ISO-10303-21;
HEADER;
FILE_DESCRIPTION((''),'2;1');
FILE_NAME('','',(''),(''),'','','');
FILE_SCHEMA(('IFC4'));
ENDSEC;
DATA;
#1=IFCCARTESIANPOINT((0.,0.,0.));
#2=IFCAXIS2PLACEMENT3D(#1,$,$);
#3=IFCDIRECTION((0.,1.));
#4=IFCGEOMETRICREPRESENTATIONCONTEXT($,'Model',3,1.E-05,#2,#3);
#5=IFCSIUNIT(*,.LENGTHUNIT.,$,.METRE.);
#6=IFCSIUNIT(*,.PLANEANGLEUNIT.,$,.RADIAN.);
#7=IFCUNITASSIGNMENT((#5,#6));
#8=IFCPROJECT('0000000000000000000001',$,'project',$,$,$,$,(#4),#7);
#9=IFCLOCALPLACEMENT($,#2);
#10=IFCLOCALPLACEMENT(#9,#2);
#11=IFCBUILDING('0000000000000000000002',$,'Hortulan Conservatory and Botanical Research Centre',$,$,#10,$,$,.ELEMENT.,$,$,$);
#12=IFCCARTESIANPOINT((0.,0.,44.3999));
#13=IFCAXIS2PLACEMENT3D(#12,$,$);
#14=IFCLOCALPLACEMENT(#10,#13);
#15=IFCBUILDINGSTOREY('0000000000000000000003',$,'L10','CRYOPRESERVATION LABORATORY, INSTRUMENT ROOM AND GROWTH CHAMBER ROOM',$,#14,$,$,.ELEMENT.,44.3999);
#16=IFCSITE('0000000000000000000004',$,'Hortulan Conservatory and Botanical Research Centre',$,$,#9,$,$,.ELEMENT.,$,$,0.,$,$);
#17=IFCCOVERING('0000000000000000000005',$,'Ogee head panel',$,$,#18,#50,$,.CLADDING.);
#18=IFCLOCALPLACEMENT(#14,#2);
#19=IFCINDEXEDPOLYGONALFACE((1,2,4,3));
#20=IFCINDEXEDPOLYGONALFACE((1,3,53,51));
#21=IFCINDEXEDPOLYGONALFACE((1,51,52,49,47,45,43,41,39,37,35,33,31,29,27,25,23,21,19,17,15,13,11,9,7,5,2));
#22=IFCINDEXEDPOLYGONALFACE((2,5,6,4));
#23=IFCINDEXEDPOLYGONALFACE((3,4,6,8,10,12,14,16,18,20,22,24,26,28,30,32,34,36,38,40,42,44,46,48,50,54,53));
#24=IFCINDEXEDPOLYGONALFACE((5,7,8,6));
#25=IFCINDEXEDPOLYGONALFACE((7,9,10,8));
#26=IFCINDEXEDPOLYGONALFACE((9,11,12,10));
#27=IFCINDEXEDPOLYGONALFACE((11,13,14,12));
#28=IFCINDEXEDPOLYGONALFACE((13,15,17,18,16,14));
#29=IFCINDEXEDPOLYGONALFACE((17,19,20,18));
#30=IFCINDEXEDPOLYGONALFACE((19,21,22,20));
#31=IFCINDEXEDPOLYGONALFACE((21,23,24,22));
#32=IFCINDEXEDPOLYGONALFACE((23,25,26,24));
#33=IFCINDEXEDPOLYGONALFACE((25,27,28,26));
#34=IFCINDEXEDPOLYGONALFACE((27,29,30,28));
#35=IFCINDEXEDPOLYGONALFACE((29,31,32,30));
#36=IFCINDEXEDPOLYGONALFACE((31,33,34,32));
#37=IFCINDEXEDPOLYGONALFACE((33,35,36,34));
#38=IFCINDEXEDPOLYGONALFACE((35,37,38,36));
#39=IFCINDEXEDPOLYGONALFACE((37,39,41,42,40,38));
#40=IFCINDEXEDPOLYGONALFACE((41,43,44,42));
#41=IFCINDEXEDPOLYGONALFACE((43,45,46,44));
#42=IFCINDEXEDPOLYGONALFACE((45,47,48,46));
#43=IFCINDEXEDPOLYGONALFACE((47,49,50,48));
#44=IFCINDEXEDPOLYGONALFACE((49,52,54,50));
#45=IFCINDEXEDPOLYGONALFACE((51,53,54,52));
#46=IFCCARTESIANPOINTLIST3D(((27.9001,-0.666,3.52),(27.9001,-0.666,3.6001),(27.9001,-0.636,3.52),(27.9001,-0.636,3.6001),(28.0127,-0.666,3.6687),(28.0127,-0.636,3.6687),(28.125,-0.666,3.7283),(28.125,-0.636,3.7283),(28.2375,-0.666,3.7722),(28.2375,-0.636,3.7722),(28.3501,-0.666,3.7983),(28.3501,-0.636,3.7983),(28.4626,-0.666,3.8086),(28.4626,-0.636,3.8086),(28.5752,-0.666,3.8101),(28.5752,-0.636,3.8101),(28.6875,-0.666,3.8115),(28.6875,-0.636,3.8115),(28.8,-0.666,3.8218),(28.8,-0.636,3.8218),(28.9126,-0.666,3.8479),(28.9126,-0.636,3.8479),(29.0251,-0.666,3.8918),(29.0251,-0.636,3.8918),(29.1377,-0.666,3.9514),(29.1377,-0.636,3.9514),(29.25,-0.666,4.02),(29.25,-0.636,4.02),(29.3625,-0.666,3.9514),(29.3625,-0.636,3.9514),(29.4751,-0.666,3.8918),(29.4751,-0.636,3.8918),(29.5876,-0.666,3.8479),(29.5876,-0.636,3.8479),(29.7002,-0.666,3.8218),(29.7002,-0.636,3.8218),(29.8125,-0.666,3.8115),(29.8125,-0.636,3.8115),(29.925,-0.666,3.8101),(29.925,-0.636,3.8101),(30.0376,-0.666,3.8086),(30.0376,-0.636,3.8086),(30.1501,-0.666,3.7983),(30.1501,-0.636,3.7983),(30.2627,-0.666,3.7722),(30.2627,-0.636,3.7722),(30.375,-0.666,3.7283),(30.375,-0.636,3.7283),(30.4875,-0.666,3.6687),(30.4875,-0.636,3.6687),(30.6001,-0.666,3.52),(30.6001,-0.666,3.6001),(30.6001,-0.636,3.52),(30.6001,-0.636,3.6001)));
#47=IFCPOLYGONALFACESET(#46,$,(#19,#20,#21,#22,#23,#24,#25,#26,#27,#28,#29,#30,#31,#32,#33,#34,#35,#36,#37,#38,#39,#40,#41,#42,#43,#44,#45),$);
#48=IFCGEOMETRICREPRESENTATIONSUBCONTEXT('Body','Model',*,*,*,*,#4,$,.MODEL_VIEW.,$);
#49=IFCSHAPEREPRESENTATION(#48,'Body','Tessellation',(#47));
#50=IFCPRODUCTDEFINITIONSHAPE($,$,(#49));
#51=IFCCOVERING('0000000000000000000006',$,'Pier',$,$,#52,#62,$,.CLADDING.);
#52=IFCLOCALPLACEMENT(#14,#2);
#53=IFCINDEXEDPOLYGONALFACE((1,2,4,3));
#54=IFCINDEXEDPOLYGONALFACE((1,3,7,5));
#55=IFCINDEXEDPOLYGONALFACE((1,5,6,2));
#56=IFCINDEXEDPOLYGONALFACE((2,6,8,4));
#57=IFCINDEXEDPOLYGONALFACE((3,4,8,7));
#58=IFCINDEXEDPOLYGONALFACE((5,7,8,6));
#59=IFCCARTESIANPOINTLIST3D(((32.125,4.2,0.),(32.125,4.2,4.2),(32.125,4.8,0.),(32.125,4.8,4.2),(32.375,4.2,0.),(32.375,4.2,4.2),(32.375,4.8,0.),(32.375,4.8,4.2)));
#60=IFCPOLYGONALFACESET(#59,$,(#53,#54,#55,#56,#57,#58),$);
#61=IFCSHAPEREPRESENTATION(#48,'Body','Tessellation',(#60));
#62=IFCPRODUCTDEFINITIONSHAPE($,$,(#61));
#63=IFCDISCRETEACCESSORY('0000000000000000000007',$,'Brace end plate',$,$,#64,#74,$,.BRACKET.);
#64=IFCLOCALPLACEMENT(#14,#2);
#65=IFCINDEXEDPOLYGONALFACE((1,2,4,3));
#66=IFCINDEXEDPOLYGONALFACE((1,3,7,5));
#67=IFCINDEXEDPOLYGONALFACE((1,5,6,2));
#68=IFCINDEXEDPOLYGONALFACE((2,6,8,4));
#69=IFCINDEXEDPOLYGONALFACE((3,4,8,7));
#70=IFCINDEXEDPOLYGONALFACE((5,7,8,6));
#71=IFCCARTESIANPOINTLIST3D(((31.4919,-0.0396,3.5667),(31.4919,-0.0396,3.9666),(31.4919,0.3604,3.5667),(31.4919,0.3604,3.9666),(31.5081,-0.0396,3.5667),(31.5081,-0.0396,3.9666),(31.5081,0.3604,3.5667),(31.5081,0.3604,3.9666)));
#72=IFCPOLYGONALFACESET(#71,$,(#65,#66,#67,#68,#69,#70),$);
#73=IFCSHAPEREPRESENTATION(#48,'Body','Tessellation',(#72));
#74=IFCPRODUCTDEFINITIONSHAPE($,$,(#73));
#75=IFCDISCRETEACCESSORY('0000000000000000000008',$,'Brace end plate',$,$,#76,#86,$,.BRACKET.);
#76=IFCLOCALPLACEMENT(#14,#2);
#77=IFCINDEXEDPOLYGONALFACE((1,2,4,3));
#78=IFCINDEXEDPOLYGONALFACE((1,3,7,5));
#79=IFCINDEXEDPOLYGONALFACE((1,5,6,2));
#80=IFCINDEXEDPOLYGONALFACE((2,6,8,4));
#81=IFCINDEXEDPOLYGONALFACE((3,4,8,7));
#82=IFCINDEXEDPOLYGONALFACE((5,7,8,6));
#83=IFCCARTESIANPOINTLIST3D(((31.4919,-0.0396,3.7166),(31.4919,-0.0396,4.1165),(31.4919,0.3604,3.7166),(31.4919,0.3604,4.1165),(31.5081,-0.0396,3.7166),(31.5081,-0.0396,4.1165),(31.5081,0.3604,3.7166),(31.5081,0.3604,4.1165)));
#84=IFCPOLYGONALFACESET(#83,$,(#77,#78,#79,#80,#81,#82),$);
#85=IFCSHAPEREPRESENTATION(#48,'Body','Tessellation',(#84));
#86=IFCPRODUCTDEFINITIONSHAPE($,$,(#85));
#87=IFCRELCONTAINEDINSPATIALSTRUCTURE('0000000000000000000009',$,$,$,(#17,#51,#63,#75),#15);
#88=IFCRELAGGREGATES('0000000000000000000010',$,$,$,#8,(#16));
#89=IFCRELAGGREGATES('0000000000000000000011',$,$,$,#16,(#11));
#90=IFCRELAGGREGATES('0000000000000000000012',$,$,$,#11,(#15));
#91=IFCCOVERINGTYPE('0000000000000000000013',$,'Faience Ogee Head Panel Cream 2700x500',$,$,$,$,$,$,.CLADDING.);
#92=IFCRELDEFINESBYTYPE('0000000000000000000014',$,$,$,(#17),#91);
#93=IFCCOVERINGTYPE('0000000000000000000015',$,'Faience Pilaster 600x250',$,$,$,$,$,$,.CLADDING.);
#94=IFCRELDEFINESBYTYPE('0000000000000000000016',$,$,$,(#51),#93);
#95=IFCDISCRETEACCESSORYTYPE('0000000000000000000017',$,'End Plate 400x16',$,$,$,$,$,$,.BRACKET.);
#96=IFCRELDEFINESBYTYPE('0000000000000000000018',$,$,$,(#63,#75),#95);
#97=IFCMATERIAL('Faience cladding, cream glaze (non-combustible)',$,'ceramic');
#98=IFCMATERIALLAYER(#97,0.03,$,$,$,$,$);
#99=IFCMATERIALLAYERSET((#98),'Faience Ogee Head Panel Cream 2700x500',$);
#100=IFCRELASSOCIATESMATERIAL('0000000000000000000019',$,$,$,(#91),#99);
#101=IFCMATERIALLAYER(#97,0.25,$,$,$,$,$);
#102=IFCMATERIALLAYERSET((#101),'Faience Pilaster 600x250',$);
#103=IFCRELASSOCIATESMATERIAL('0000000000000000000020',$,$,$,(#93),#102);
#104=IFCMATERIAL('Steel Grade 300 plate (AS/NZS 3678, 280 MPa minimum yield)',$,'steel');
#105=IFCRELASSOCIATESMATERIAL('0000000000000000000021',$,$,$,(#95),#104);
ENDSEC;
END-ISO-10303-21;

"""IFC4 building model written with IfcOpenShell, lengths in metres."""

from ifc_helpers import new_model, si_unit, direction, frame, origin, origin_2d, place, context, subcontext, project, spatial, polyline, rectangle, outline, extrude, material, layer, layer_set, type_object, element, save


model = new_model("IFC4")

# Units and contexts
model_context = context("Model", 3, precision=1e-05, world=origin(), true_north=direction((0.0, 1.0)))
body_context = subcontext(model_context, "Body", "Model", "MODEL_VIEW")
ifc_project = project(units=[si_unit("LENGTHUNIT", "METRE"), si_unit("PLANEANGLEUNIT", "RADIAN")], contexts=[model_context])

# Site, building, storey
site_placement = place(None, origin())
site = spatial("IfcSite", under=ifc_project, at=site_placement, Name="Hortulan Conservatory and Botanical Research Centre", CompositionType="ELEMENT", RefElevation=0.0)
building_placement = place(site_placement, origin())
building = spatial("IfcBuilding", under=site, at=building_placement, Name="Hortulan Conservatory and Botanical Research Centre", CompositionType="ELEMENT")
storey_placement = place(building_placement, frame((0.0, 0.0, 44.3999)))
storey = spatial("IfcBuildingStorey", under=building, at=storey_placement, Name="L10", Description="CRYOPRESERVATION LABORATORY, INSTRUMENT ROOM AND GROWTH CHAMBER ROOM", CompositionType="ELEMENT", Elevation=44.3999)

# Coverings
ifc_material_1 = material(Name="Faience cladding, cream glaze (non-combustible)", Category="ceramic")
ifc_layer_1 = layer(ifc_material_1, 0.03)
ifc_layer_set_1 = layer_set([ifc_layer_1], Name="Faience Ogee Head Panel Cream 2700x500")
covering_type_1 = type_object("IfcCoveringType", Name="Faience Ogee Head Panel Cream 2700x500", PredefinedType="CLADDING", material=ifc_layer_set_1)
covering_1_placement = place(storey_placement, frame((30.6001, -0.6509, 3.52), z_axis=(0.0, 0.0, 1.0), x_axis=(-1.0, 0.0, 0.0)))
element("IfcCovering", 1, at=covering_1_placement, inside=storey, type_object=covering_type_1, Name="Ogee head panel", PredefinedType="CLADDING", context=body_context, shape_type="SweptSolid", body=[
    extrude(outline(polyline([(0.0, 0.0), (2.7, 0.0), (2.7, 0.0801), (2.5874, 0.1487), (2.4751, 0.2083), (2.3625, 0.2522), (2.25, 0.2783), (2.1375, 0.2886), (2.0249, 0.29), (1.9126, 0.2915), (1.8, 0.3018), (1.6875, 0.3279), (1.575, 0.3718), (1.4624, 0.4314), (1.3501, 0.5), (1.2375, 0.4314), (1.125, 0.3718), (1.0125, 0.3279), (0.8999, 0.3018), (0.7876, 0.2915), (0.675, 0.29), (0.5625, 0.2886), (0.45, 0.2783), (0.3374, 0.2522), (0.2251, 0.2083), (0.1125, 0.1487), (0.0, 0.0801), (0.0, 0.0)])), frame((0.0, 0.0151, 0.0), z_axis=(0.0, -1.0, 0.0), x_axis=(1.0, 0.0, 0.0)), (0.0, 0.0, 1.0), 0.03),
])
ifc_layer_2 = layer(ifc_material_1, 0.25)
ifc_layer_set_2 = layer_set([ifc_layer_2], Name="Faience Pilaster 600x250")
covering_type_2 = type_object("IfcCoveringType", Name="Faience Pilaster 600x250", PredefinedType="CLADDING", material=ifc_layer_set_2)
covering_2_placement = place(storey_placement, frame((32.25, 4.5, 0.0), z_axis=(0.0, 0.0, 1.0), x_axis=(0.0, 1.0, 0.0)))
element("IfcCovering", 2, at=covering_2_placement, inside=storey, type_object=covering_type_2, Name="Pier", PredefinedType="CLADDING", context=body_context, shape_type="SweptSolid", body=[
    extrude(rectangle(XDim=0.6001, YDim=0.25, at=origin_2d()), origin(), (0.0, 0.0, 1.0), 4.2),
])

# Discrete accessories
ifc_material_2 = material(Name="Steel Grade 300 plate (AS/NZS 3678, 280 MPa minimum yield)", Category="steel")
discrete_accessory_type = type_object("IfcDiscreteAccessoryType", Name="End Plate 400x16", PredefinedType="BRACKET", material=ifc_material_2)
for number, where, z_axis, x_axis, name in (
    (3, (31.5, 0.1604, 3.5667), (0.0, 0.0, 1.0), (0.0, -1.0, 0.0), "Brace end plate"),
    (4, (31.5, 0.1604, 3.7166), (0.0, 0.0, 1.0), (0.0, -1.0, 0.0), "Brace end plate"),
):
    element("IfcDiscreteAccessory", number, at=place(storey_placement, frame(where, z_axis=z_axis, x_axis=x_axis)), inside=storey, type_object=discrete_accessory_type, Name=name, PredefinedType="BRACKET", context=body_context, shape_type="SweptSolid", body=[
        extrude(rectangle(XDim=0.3999, YDim=0.0161, at=origin_2d()), origin(), (0.0, 0.0, 1.0), 0.3999),
    ])

save(model, "model.ifc")
